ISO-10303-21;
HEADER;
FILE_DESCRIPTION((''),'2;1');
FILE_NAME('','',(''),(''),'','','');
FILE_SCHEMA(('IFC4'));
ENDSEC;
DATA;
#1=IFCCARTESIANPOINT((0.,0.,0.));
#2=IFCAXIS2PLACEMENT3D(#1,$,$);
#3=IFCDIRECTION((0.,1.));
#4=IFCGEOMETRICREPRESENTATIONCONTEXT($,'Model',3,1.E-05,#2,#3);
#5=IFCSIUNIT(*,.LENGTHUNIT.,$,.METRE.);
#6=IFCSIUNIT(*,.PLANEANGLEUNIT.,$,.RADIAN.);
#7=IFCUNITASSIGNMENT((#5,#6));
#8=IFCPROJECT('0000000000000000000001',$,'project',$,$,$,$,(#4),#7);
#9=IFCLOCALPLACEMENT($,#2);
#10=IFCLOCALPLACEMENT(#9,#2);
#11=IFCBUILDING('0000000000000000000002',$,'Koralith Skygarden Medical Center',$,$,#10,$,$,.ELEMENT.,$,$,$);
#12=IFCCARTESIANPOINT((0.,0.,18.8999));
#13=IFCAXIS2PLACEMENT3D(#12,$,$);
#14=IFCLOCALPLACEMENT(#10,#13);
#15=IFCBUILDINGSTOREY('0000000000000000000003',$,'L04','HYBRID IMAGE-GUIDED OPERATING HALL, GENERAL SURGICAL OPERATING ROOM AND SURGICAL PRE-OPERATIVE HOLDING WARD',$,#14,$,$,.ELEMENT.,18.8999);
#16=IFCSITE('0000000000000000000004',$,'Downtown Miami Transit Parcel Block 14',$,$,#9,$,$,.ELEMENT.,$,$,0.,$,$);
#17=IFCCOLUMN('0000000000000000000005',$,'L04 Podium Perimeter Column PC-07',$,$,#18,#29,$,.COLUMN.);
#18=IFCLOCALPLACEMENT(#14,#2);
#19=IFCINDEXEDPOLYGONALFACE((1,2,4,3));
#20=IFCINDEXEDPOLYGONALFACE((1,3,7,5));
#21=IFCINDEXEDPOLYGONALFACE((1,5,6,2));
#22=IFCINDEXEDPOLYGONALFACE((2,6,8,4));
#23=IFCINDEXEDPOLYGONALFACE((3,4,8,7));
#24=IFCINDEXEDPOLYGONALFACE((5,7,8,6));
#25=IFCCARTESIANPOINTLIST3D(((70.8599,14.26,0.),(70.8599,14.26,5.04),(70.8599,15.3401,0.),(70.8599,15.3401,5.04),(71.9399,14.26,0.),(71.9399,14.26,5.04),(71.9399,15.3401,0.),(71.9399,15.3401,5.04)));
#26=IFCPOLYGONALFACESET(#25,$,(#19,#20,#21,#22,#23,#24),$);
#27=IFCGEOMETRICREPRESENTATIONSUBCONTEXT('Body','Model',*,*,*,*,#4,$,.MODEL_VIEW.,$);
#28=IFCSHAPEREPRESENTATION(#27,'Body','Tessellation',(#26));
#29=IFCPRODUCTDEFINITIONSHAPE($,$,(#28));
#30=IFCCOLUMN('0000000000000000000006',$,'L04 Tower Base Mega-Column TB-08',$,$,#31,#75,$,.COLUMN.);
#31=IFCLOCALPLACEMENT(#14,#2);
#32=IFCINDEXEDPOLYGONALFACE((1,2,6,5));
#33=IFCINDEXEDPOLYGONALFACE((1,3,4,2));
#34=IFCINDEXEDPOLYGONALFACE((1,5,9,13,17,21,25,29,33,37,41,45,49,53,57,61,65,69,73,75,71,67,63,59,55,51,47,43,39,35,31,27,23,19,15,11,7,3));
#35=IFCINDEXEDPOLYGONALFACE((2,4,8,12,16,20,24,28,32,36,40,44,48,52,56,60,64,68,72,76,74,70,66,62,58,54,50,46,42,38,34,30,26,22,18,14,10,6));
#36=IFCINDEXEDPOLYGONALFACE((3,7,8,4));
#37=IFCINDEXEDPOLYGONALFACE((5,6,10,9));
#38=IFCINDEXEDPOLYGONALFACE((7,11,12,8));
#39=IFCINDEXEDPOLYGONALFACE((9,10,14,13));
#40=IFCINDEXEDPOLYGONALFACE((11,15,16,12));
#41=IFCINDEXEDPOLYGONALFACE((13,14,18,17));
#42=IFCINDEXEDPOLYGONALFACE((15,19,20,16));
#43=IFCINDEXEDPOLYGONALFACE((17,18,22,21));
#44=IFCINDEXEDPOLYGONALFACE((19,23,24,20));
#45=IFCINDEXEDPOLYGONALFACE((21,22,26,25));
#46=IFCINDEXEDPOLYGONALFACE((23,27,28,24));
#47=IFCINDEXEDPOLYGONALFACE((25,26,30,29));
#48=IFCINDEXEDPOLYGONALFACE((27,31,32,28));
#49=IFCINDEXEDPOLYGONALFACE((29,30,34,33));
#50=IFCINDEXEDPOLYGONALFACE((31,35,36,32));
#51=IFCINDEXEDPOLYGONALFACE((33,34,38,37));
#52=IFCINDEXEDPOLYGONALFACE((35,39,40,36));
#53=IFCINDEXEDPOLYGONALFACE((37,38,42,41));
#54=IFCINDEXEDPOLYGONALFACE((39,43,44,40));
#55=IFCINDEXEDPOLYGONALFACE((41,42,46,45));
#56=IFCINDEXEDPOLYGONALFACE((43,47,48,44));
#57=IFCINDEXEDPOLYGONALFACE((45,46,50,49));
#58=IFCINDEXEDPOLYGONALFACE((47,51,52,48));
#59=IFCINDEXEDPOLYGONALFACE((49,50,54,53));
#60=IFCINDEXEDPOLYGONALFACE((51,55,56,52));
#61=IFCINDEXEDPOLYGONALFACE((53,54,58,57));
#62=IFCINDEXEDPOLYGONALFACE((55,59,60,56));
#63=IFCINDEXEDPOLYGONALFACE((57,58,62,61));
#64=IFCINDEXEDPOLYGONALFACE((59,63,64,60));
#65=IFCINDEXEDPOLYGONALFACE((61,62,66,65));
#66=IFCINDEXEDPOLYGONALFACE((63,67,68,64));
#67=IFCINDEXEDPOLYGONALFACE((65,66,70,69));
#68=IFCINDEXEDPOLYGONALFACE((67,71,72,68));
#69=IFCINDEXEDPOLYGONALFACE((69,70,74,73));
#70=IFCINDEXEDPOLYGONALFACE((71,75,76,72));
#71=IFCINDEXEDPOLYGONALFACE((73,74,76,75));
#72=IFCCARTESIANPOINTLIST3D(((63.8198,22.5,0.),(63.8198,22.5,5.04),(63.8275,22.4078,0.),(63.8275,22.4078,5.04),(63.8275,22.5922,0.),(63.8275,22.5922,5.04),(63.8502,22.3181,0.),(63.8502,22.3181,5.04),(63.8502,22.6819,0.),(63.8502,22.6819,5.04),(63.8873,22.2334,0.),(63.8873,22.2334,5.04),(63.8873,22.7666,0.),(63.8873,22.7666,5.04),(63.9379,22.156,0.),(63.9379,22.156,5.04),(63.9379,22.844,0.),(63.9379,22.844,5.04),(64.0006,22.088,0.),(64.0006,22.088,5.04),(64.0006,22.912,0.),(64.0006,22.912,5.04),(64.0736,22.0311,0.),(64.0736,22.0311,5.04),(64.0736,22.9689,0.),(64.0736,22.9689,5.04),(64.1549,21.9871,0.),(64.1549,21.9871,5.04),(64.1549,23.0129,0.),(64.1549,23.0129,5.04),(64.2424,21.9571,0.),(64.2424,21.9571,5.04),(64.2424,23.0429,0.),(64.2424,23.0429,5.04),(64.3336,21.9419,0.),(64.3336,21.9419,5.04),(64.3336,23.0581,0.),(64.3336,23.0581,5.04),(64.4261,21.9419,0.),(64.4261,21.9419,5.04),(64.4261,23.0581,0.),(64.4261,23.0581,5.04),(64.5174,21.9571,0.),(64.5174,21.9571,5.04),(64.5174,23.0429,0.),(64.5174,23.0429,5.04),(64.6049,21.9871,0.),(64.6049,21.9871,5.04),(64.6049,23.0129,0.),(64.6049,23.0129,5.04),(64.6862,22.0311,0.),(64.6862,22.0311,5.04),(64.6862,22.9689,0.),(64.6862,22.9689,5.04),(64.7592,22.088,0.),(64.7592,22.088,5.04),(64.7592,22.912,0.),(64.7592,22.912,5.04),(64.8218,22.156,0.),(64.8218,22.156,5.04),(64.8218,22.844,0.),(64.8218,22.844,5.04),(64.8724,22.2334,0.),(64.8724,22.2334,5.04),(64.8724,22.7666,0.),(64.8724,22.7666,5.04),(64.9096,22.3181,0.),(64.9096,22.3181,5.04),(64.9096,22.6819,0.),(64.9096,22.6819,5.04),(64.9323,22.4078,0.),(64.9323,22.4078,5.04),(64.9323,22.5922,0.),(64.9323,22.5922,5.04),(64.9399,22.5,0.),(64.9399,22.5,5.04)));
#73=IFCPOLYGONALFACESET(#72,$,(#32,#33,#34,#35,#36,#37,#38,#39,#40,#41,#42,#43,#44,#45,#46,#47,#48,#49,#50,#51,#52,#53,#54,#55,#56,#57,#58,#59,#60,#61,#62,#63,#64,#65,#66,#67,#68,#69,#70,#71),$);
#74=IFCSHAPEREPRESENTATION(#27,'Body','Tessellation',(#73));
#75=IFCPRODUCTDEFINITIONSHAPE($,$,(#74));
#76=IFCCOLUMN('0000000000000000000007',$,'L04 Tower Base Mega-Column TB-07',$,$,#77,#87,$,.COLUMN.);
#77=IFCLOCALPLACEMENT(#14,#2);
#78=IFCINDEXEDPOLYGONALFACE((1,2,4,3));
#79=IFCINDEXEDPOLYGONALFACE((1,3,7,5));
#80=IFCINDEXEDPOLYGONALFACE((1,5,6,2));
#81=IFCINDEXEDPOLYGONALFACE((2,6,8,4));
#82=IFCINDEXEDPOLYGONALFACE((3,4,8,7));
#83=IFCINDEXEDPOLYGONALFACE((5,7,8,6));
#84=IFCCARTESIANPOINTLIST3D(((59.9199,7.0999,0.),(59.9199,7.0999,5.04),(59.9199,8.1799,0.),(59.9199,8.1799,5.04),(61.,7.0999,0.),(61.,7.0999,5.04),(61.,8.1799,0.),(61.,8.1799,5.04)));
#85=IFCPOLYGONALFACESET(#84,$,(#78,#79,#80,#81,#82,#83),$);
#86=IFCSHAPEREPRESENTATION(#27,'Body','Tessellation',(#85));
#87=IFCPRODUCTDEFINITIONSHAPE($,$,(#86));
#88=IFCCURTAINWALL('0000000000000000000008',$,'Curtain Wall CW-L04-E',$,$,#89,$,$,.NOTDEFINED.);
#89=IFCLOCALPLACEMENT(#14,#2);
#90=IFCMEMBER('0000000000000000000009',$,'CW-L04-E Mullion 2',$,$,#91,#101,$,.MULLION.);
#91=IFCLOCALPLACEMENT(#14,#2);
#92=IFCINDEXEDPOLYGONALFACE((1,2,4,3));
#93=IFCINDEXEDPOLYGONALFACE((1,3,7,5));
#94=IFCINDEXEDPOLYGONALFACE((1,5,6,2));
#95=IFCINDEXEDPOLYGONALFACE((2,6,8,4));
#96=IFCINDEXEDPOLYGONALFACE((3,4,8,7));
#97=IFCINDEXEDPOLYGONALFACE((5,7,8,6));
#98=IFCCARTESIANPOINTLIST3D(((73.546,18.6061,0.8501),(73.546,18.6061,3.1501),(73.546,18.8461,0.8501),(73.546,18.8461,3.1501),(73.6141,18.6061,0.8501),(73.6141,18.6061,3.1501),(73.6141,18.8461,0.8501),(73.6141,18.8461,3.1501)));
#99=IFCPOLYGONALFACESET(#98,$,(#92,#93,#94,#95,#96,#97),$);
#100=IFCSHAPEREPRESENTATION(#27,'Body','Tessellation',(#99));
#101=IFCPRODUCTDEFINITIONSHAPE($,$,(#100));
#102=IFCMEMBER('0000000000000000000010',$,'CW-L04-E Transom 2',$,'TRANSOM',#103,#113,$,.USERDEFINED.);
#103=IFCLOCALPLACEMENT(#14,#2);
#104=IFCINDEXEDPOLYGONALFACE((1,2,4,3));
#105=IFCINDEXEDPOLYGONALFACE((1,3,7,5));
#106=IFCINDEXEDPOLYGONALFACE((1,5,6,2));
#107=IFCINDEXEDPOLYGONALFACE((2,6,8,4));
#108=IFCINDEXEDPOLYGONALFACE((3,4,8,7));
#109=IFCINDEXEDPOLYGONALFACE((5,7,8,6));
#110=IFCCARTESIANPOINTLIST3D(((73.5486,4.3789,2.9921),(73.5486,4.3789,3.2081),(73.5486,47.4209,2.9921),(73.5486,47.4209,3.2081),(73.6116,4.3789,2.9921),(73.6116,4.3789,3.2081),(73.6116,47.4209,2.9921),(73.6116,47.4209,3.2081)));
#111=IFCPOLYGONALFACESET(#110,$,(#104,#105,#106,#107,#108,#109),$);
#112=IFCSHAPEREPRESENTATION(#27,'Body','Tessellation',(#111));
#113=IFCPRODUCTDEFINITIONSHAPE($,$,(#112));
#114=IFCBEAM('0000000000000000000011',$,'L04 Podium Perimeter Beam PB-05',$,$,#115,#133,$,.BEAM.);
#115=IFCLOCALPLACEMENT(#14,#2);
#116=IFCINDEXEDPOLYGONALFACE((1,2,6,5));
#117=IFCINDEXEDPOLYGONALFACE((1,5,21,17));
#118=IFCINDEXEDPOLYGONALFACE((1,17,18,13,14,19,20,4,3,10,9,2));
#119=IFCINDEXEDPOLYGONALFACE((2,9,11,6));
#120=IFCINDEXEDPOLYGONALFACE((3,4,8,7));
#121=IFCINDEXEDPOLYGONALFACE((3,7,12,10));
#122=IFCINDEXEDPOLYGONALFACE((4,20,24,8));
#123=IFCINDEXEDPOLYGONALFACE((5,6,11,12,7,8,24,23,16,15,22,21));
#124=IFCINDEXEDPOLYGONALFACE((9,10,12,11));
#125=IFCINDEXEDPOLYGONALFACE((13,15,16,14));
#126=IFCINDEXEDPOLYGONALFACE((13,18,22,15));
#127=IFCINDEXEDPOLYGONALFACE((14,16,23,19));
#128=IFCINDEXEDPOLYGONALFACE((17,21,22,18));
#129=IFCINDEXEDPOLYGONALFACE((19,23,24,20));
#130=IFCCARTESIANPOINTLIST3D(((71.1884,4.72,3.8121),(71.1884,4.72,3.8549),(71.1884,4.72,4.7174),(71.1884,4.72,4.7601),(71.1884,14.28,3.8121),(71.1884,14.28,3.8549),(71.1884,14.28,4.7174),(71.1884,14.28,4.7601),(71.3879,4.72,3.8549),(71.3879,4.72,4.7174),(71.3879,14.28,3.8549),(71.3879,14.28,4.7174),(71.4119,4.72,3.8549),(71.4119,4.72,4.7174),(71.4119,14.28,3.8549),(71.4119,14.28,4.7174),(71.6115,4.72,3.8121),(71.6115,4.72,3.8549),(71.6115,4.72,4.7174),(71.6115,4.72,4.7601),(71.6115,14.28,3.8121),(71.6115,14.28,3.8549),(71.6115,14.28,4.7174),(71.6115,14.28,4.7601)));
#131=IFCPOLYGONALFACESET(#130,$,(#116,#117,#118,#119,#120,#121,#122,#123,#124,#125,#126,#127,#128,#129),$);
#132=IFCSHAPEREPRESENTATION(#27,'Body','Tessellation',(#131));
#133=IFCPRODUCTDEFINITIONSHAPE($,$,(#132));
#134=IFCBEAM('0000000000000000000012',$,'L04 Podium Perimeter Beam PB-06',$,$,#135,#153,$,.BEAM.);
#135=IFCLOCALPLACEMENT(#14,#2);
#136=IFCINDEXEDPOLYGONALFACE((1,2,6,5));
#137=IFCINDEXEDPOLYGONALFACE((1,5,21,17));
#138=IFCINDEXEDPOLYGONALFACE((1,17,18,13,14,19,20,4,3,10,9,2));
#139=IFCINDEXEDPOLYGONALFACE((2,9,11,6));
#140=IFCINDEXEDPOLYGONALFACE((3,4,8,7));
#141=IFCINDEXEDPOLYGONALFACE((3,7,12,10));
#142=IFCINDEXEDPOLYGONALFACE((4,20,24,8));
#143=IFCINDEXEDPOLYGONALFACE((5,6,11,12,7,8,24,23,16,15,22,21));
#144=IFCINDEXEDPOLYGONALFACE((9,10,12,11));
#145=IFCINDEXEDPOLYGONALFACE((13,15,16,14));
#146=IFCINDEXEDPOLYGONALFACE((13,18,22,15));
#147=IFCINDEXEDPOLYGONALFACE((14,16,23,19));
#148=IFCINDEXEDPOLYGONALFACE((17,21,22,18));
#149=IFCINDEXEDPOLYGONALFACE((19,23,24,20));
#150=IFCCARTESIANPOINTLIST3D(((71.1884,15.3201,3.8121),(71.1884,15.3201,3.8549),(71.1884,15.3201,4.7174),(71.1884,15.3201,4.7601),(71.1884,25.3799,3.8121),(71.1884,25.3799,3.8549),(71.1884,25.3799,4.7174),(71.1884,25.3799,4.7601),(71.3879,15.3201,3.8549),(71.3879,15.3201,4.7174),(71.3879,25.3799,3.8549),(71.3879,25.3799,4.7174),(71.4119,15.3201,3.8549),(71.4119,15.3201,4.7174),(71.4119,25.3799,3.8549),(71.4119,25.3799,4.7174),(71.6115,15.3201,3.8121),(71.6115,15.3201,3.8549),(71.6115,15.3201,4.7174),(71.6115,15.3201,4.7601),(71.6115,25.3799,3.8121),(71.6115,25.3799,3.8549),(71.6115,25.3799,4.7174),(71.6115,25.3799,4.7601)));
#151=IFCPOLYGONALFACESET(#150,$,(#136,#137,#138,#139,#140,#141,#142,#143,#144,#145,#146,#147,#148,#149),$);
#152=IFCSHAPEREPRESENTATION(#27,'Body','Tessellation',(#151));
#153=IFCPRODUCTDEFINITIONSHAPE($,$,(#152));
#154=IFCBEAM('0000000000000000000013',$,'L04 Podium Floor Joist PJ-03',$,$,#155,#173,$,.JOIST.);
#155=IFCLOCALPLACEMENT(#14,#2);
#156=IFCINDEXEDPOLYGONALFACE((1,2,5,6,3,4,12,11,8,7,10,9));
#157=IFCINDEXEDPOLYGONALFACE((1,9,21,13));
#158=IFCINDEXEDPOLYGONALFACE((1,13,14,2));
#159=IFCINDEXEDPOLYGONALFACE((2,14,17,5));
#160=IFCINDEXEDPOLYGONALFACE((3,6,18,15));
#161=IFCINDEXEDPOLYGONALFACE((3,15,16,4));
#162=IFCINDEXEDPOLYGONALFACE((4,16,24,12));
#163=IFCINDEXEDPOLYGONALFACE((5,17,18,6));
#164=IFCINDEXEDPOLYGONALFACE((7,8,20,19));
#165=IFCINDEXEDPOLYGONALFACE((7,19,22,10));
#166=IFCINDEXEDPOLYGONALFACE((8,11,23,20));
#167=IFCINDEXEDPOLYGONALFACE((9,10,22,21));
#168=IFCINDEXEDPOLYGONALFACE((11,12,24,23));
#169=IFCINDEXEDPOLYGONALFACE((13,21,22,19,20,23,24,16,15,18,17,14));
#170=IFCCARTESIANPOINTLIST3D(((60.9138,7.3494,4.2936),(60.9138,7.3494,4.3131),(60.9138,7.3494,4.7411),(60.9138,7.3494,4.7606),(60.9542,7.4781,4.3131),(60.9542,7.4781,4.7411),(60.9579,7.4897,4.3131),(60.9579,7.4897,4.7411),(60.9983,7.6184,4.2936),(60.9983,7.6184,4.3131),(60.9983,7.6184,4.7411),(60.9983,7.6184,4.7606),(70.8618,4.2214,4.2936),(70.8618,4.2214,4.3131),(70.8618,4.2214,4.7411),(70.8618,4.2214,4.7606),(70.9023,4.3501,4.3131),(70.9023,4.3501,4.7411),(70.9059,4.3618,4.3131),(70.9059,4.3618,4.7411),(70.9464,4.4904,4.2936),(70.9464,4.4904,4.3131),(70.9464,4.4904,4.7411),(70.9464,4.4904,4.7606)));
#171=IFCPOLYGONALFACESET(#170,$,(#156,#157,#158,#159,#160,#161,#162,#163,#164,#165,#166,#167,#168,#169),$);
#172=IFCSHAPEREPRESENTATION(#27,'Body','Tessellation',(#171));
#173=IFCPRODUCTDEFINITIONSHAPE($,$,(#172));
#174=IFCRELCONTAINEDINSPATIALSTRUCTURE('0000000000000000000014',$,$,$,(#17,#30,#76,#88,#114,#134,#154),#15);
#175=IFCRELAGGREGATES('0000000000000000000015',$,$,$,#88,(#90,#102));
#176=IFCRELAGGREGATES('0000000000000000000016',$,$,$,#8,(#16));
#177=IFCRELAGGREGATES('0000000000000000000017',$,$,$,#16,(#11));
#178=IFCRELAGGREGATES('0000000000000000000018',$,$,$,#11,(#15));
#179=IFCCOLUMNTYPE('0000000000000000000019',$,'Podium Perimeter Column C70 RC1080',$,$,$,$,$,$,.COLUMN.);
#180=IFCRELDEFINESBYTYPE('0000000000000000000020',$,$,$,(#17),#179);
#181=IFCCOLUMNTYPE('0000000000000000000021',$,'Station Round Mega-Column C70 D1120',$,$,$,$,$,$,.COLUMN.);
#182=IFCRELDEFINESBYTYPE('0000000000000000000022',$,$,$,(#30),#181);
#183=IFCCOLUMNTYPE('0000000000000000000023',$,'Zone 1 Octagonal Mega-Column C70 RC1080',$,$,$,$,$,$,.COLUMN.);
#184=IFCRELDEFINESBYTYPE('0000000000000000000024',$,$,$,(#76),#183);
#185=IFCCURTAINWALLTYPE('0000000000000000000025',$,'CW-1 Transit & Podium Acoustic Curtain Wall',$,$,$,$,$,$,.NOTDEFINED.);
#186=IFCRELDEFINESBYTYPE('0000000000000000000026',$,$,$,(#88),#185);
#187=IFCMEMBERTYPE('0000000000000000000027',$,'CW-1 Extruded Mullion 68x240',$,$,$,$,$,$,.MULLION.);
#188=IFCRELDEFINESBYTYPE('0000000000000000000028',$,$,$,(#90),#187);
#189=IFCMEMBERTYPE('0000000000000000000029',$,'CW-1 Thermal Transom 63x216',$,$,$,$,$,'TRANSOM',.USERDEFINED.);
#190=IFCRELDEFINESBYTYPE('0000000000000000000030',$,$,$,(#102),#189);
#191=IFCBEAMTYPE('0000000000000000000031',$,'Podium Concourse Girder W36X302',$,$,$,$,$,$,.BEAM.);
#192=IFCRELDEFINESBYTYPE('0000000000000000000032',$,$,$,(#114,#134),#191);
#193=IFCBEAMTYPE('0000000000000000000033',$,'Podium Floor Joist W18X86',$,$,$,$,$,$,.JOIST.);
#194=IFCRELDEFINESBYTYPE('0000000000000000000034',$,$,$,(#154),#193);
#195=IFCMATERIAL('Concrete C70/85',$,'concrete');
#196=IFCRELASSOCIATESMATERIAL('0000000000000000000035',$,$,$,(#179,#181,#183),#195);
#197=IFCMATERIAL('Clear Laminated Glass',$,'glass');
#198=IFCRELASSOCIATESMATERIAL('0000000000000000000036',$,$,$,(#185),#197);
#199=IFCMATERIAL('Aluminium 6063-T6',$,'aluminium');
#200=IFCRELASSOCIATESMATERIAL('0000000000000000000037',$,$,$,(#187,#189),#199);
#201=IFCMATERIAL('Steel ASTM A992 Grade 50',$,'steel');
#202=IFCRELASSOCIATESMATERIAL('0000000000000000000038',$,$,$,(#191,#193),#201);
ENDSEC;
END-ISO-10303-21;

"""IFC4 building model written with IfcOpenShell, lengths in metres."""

from ifc_helpers import new_model, si_unit, direction, frame, origin, origin_2d, place, context, subcontext, project, spatial, rectangle, circle, i_section, extrude, material, material_profile, profile_set, type_object, element, aggregate, save


model = new_model("IFC4")

# Units and contexts
model_context = context("Model", 3, precision=1e-05, world=origin(), true_north=direction((0.0, 1.0)))
body_context = subcontext(model_context, "Body", "Model", "MODEL_VIEW")
ifc_project = project(units=[si_unit("LENGTHUNIT", "METRE"), si_unit("PLANEANGLEUNIT", "RADIAN")], contexts=[model_context])

# Site, building, storey
site_placement = place(None, origin())
site = spatial("IfcSite", under=ifc_project, at=site_placement, Name="Downtown Miami Transit Parcel Block 14", CompositionType="ELEMENT", RefElevation=0.0)
building_placement = place(site_placement, origin())
building = spatial("IfcBuilding", under=site, at=building_placement, Name="Koralith Skygarden Medical Center", CompositionType="ELEMENT")
storey_placement = place(building_placement, frame((0.0, 0.0, 18.8999)))
storey = spatial("IfcBuildingStorey", under=building, at=storey_placement, Name="L04", Description="HYBRID IMAGE-GUIDED OPERATING HALL, GENERAL SURGICAL OPERATING ROOM AND SURGICAL PRE-OPERATIVE HOLDING WARD", CompositionType="ELEMENT", Elevation=18.8999)

# Columns
ifc_material_1 = material(Name="Concrete C70/85", Category="concrete")
ifc_material_profile_1 = material_profile(ifc_material_1, rectangle(XDim=1.0801, YDim=1.0801, at=origin_2d()), Name="RC1080X1080")
ifc_profile_set_1 = profile_set([ifc_material_profile_1], Name="Concrete C70/85")
column_type_1 = type_object("IfcColumnType", Name="Podium Perimeter Column C70 RC1080", PredefinedType="COLUMN", material=ifc_profile_set_1)
column_1_placement = place(storey_placement, frame((71.3999, 14.8, 0.0), z_axis=(0.0, 0.0, 1.0), x_axis=(1.0, 0.0, 0.0)))
element("IfcColumn", 1, at=column_1_placement, inside=storey, type_object=column_type_1, Name="L04 Podium Perimeter Column PC-07", PredefinedType="COLUMN", context=body_context, shape_type="SweptSolid", body=[
    extrude(rectangle(XDim=1.0801, YDim=1.0801, at=origin_2d()), origin(), (0.0, 0.0, 1.0), 5.04),
])
ifc_material_profile_2 = material_profile(ifc_material_1, circle(Radius=0.5601, at=origin_2d()), Name="RCCOL1120")
ifc_profile_set_2 = profile_set([ifc_material_profile_2], Name="Concrete C70/85")
column_type_2 = type_object("IfcColumnType", Name="Station Round Mega-Column C70 D1120", PredefinedType="COLUMN", material=ifc_profile_set_2)
column_2_placement = place(storey_placement, frame((64.3799, 22.5, 0.0), z_axis=(0.0, 0.0, 1.0), x_axis=(1.0, 0.0, 0.0)))
element("IfcColumn", 2, at=column_2_placement, inside=storey, type_object=column_type_2, Name="L04 Tower Base Mega-Column TB-08", PredefinedType="COLUMN", context=body_context, shape_type="SweptSolid", body=[
    extrude(circle(Radius=0.5601, at=origin_2d()), origin(), (0.0, 0.0, 1.0), 5.04),
])
ifc_material_profile_3 = material_profile(ifc_material_1, rectangle(XDim=1.0801, YDim=1.0801, at=origin_2d()), Name="RC1080X1080")
ifc_profile_set_3 = profile_set([ifc_material_profile_3], Name="Concrete C70/85")
column_type_3 = type_object("IfcColumnType", Name="Zone 1 Octagonal Mega-Column C70 RC1080", PredefinedType="COLUMN", material=ifc_profile_set_3)
column_3_placement = place(storey_placement, frame((60.46, 7.6399, 0.0), z_axis=(0.0, 0.0, 1.0), x_axis=(1.0, 0.0, 0.0)))
element("IfcColumn", 3, at=column_3_placement, inside=storey, type_object=column_type_3, Name="L04 Tower Base Mega-Column TB-07", PredefinedType="COLUMN", context=body_context, shape_type="SweptSolid", body=[
    extrude(rectangle(XDim=1.0801, YDim=1.0801, at=origin_2d()), origin(), (0.0, 0.0, 1.0), 5.04),
])

# Curtain wall, members
ifc_material_2 = material(Name="Clear Laminated Glass", Category="glass")
curtain_wall_type = type_object("IfcCurtainWallType", Name="CW-1 Transit & Podium Acoustic Curtain Wall", PredefinedType="NOTDEFINED", material=ifc_material_2)
curtain_wall_placement = place(storey_placement, origin())
curtain_wall = element("IfcCurtainWall", 4, at=curtain_wall_placement, inside=storey, type_object=curtain_wall_type, Name="Curtain Wall CW-L04-E", PredefinedType="NOTDEFINED")
ifc_material_3 = material(Name="Aluminium 6063-T6", Category="aluminium")
ifc_material_profile_4 = material_profile(ifc_material_3, rectangle(XDim=0.0681, YDim=0.24, at=origin_2d()), Name="MUL68X240")
ifc_profile_set_4 = profile_set([ifc_material_profile_4], Name="Aluminium 6063-T6")
member_type_1 = type_object("IfcMemberType", Name="CW-1 Extruded Mullion 68x240", PredefinedType="MULLION", material=ifc_profile_set_4)
member_1_placement = place(storey_placement, frame((73.5801, 18.7261, 0.8501), z_axis=(0.0, 0.0, 1.0), x_axis=(1.0, 0.0, 0.0)))
member_1 = element("IfcMember", 5, at=member_1_placement, type_object=member_type_1, Name="CW-L04-E Mullion 2", PredefinedType="MULLION", context=body_context, shape_type="SweptSolid", body=[
    extrude(rectangle(XDim=0.0681, YDim=0.24, at=origin_2d()), origin(), (0.0, 0.0, 1.0), 2.3),
])
ifc_material_profile_5 = material_profile(ifc_material_3, rectangle(XDim=0.063, YDim=0.2161, at=origin_2d()), Name="TRN63X216")
ifc_profile_set_5 = profile_set([ifc_material_profile_5], Name="Aluminium 6063-T6")
member_type_2 = type_object("IfcMemberType", Name="CW-1 Thermal Transom 63x216", ElementType="TRANSOM", PredefinedType="USERDEFINED", material=ifc_profile_set_5)
member_2_placement = place(storey_placement, frame((73.5801, 4.3789, 3.1001), z_axis=(0.0, 1.0, 0.0), x_axis=(-1.0, 0.0, 0.0)))
member_2 = element("IfcMember", 6, at=member_2_placement, type_object=member_type_2, Name="CW-L04-E Transom 2", ObjectType="TRANSOM", PredefinedType="USERDEFINED", context=body_context, shape_type="SweptSolid", body=[
    extrude(rectangle(XDim=0.063, YDim=0.2161, at=origin_2d()), origin(), (0.0, 0.0, 1.0), 43.042),
])

# Beams
ifc_material_4 = material(Name="Steel ASTM A992 Grade 50", Category="steel")
ifc_material_profile_6 = material_profile(ifc_material_4, i_section(OverallWidth=0.4231, OverallDepth=0.948, WebThickness=0.0239, FlangeThickness=0.0427, at=origin_2d()), Name="W36X302")
ifc_profile_set_6 = profile_set([ifc_material_profile_6], Name="Steel ASTM A992 Grade 50")
beam_type_1 = type_object("IfcBeamType", Name="Podium Concourse Girder W36X302", PredefinedType="BEAM", material=ifc_profile_set_6)
beam_1_placement = place(storey_placement, frame((71.3999, 4.72, 4.2861), z_axis=(0.0, 1.0, 0.0), x_axis=(-1.0, 0.0, 0.0)))
element("IfcBeam", 7, at=beam_1_placement, inside=storey, type_object=beam_type_1, Name="L04 Podium Perimeter Beam PB-05", PredefinedType="BEAM", context=body_context, shape_type="SweptSolid", body=[
    extrude(i_section(OverallWidth=0.4231, OverallDepth=0.948, WebThickness=0.0239, FlangeThickness=0.0427, at=origin_2d()), origin(), (0.0, 0.0, 1.0), 9.5601),
])
beam_2_placement = place(storey_placement, frame((71.3999, 15.3201, 4.2861), z_axis=(0.0, 1.0, 0.0), x_axis=(-1.0, 0.0, 0.0)))
element("IfcBeam", 8, at=beam_2_placement, inside=storey, type_object=beam_type_1, Name="L04 Podium Perimeter Beam PB-06", PredefinedType="BEAM", context=body_context, shape_type="SweptSolid", body=[
    extrude(i_section(OverallWidth=0.4231, OverallDepth=0.948, WebThickness=0.0239, FlangeThickness=0.0427, at=origin_2d()), origin(), (0.0, 0.0, 1.0), 10.0598),
])
ifc_material_profile_7 = material_profile(ifc_material_4, i_section(OverallWidth=0.282, OverallDepth=0.467, WebThickness=0.0122, FlangeThickness=0.0195, at=origin_2d()), Name="W18X86")
ifc_profile_set_7 = profile_set([ifc_material_profile_7], Name="Steel ASTM A992 Grade 50")
beam_type_2 = type_object("IfcBeamType", Name="Podium Floor Joist W18X86", PredefinedType="JOIST", material=ifc_profile_set_7)
beam_3_placement = place(storey_placement, frame((60.9561, 7.4839, 4.5271), z_axis=(0.953955, -0.29995, 0.0), x_axis=(0.29995, 0.953955, 0.0)))
element("IfcBeam", 9, at=beam_3_placement, inside=storey, type_object=beam_type_2, Name="L04 Podium Floor Joist PJ-03", PredefinedType="JOIST", context=body_context, shape_type="SweptSolid", body=[
    extrude(i_section(OverallWidth=0.282, OverallDepth=0.467, WebThickness=0.0122, FlangeThickness=0.0195, at=origin_2d()), origin(), (0.0, 0.0, 1.0), 10.4282),
])

aggregate(curtain_wall, [member_1, member_2])

save(model, "model.ifc")
